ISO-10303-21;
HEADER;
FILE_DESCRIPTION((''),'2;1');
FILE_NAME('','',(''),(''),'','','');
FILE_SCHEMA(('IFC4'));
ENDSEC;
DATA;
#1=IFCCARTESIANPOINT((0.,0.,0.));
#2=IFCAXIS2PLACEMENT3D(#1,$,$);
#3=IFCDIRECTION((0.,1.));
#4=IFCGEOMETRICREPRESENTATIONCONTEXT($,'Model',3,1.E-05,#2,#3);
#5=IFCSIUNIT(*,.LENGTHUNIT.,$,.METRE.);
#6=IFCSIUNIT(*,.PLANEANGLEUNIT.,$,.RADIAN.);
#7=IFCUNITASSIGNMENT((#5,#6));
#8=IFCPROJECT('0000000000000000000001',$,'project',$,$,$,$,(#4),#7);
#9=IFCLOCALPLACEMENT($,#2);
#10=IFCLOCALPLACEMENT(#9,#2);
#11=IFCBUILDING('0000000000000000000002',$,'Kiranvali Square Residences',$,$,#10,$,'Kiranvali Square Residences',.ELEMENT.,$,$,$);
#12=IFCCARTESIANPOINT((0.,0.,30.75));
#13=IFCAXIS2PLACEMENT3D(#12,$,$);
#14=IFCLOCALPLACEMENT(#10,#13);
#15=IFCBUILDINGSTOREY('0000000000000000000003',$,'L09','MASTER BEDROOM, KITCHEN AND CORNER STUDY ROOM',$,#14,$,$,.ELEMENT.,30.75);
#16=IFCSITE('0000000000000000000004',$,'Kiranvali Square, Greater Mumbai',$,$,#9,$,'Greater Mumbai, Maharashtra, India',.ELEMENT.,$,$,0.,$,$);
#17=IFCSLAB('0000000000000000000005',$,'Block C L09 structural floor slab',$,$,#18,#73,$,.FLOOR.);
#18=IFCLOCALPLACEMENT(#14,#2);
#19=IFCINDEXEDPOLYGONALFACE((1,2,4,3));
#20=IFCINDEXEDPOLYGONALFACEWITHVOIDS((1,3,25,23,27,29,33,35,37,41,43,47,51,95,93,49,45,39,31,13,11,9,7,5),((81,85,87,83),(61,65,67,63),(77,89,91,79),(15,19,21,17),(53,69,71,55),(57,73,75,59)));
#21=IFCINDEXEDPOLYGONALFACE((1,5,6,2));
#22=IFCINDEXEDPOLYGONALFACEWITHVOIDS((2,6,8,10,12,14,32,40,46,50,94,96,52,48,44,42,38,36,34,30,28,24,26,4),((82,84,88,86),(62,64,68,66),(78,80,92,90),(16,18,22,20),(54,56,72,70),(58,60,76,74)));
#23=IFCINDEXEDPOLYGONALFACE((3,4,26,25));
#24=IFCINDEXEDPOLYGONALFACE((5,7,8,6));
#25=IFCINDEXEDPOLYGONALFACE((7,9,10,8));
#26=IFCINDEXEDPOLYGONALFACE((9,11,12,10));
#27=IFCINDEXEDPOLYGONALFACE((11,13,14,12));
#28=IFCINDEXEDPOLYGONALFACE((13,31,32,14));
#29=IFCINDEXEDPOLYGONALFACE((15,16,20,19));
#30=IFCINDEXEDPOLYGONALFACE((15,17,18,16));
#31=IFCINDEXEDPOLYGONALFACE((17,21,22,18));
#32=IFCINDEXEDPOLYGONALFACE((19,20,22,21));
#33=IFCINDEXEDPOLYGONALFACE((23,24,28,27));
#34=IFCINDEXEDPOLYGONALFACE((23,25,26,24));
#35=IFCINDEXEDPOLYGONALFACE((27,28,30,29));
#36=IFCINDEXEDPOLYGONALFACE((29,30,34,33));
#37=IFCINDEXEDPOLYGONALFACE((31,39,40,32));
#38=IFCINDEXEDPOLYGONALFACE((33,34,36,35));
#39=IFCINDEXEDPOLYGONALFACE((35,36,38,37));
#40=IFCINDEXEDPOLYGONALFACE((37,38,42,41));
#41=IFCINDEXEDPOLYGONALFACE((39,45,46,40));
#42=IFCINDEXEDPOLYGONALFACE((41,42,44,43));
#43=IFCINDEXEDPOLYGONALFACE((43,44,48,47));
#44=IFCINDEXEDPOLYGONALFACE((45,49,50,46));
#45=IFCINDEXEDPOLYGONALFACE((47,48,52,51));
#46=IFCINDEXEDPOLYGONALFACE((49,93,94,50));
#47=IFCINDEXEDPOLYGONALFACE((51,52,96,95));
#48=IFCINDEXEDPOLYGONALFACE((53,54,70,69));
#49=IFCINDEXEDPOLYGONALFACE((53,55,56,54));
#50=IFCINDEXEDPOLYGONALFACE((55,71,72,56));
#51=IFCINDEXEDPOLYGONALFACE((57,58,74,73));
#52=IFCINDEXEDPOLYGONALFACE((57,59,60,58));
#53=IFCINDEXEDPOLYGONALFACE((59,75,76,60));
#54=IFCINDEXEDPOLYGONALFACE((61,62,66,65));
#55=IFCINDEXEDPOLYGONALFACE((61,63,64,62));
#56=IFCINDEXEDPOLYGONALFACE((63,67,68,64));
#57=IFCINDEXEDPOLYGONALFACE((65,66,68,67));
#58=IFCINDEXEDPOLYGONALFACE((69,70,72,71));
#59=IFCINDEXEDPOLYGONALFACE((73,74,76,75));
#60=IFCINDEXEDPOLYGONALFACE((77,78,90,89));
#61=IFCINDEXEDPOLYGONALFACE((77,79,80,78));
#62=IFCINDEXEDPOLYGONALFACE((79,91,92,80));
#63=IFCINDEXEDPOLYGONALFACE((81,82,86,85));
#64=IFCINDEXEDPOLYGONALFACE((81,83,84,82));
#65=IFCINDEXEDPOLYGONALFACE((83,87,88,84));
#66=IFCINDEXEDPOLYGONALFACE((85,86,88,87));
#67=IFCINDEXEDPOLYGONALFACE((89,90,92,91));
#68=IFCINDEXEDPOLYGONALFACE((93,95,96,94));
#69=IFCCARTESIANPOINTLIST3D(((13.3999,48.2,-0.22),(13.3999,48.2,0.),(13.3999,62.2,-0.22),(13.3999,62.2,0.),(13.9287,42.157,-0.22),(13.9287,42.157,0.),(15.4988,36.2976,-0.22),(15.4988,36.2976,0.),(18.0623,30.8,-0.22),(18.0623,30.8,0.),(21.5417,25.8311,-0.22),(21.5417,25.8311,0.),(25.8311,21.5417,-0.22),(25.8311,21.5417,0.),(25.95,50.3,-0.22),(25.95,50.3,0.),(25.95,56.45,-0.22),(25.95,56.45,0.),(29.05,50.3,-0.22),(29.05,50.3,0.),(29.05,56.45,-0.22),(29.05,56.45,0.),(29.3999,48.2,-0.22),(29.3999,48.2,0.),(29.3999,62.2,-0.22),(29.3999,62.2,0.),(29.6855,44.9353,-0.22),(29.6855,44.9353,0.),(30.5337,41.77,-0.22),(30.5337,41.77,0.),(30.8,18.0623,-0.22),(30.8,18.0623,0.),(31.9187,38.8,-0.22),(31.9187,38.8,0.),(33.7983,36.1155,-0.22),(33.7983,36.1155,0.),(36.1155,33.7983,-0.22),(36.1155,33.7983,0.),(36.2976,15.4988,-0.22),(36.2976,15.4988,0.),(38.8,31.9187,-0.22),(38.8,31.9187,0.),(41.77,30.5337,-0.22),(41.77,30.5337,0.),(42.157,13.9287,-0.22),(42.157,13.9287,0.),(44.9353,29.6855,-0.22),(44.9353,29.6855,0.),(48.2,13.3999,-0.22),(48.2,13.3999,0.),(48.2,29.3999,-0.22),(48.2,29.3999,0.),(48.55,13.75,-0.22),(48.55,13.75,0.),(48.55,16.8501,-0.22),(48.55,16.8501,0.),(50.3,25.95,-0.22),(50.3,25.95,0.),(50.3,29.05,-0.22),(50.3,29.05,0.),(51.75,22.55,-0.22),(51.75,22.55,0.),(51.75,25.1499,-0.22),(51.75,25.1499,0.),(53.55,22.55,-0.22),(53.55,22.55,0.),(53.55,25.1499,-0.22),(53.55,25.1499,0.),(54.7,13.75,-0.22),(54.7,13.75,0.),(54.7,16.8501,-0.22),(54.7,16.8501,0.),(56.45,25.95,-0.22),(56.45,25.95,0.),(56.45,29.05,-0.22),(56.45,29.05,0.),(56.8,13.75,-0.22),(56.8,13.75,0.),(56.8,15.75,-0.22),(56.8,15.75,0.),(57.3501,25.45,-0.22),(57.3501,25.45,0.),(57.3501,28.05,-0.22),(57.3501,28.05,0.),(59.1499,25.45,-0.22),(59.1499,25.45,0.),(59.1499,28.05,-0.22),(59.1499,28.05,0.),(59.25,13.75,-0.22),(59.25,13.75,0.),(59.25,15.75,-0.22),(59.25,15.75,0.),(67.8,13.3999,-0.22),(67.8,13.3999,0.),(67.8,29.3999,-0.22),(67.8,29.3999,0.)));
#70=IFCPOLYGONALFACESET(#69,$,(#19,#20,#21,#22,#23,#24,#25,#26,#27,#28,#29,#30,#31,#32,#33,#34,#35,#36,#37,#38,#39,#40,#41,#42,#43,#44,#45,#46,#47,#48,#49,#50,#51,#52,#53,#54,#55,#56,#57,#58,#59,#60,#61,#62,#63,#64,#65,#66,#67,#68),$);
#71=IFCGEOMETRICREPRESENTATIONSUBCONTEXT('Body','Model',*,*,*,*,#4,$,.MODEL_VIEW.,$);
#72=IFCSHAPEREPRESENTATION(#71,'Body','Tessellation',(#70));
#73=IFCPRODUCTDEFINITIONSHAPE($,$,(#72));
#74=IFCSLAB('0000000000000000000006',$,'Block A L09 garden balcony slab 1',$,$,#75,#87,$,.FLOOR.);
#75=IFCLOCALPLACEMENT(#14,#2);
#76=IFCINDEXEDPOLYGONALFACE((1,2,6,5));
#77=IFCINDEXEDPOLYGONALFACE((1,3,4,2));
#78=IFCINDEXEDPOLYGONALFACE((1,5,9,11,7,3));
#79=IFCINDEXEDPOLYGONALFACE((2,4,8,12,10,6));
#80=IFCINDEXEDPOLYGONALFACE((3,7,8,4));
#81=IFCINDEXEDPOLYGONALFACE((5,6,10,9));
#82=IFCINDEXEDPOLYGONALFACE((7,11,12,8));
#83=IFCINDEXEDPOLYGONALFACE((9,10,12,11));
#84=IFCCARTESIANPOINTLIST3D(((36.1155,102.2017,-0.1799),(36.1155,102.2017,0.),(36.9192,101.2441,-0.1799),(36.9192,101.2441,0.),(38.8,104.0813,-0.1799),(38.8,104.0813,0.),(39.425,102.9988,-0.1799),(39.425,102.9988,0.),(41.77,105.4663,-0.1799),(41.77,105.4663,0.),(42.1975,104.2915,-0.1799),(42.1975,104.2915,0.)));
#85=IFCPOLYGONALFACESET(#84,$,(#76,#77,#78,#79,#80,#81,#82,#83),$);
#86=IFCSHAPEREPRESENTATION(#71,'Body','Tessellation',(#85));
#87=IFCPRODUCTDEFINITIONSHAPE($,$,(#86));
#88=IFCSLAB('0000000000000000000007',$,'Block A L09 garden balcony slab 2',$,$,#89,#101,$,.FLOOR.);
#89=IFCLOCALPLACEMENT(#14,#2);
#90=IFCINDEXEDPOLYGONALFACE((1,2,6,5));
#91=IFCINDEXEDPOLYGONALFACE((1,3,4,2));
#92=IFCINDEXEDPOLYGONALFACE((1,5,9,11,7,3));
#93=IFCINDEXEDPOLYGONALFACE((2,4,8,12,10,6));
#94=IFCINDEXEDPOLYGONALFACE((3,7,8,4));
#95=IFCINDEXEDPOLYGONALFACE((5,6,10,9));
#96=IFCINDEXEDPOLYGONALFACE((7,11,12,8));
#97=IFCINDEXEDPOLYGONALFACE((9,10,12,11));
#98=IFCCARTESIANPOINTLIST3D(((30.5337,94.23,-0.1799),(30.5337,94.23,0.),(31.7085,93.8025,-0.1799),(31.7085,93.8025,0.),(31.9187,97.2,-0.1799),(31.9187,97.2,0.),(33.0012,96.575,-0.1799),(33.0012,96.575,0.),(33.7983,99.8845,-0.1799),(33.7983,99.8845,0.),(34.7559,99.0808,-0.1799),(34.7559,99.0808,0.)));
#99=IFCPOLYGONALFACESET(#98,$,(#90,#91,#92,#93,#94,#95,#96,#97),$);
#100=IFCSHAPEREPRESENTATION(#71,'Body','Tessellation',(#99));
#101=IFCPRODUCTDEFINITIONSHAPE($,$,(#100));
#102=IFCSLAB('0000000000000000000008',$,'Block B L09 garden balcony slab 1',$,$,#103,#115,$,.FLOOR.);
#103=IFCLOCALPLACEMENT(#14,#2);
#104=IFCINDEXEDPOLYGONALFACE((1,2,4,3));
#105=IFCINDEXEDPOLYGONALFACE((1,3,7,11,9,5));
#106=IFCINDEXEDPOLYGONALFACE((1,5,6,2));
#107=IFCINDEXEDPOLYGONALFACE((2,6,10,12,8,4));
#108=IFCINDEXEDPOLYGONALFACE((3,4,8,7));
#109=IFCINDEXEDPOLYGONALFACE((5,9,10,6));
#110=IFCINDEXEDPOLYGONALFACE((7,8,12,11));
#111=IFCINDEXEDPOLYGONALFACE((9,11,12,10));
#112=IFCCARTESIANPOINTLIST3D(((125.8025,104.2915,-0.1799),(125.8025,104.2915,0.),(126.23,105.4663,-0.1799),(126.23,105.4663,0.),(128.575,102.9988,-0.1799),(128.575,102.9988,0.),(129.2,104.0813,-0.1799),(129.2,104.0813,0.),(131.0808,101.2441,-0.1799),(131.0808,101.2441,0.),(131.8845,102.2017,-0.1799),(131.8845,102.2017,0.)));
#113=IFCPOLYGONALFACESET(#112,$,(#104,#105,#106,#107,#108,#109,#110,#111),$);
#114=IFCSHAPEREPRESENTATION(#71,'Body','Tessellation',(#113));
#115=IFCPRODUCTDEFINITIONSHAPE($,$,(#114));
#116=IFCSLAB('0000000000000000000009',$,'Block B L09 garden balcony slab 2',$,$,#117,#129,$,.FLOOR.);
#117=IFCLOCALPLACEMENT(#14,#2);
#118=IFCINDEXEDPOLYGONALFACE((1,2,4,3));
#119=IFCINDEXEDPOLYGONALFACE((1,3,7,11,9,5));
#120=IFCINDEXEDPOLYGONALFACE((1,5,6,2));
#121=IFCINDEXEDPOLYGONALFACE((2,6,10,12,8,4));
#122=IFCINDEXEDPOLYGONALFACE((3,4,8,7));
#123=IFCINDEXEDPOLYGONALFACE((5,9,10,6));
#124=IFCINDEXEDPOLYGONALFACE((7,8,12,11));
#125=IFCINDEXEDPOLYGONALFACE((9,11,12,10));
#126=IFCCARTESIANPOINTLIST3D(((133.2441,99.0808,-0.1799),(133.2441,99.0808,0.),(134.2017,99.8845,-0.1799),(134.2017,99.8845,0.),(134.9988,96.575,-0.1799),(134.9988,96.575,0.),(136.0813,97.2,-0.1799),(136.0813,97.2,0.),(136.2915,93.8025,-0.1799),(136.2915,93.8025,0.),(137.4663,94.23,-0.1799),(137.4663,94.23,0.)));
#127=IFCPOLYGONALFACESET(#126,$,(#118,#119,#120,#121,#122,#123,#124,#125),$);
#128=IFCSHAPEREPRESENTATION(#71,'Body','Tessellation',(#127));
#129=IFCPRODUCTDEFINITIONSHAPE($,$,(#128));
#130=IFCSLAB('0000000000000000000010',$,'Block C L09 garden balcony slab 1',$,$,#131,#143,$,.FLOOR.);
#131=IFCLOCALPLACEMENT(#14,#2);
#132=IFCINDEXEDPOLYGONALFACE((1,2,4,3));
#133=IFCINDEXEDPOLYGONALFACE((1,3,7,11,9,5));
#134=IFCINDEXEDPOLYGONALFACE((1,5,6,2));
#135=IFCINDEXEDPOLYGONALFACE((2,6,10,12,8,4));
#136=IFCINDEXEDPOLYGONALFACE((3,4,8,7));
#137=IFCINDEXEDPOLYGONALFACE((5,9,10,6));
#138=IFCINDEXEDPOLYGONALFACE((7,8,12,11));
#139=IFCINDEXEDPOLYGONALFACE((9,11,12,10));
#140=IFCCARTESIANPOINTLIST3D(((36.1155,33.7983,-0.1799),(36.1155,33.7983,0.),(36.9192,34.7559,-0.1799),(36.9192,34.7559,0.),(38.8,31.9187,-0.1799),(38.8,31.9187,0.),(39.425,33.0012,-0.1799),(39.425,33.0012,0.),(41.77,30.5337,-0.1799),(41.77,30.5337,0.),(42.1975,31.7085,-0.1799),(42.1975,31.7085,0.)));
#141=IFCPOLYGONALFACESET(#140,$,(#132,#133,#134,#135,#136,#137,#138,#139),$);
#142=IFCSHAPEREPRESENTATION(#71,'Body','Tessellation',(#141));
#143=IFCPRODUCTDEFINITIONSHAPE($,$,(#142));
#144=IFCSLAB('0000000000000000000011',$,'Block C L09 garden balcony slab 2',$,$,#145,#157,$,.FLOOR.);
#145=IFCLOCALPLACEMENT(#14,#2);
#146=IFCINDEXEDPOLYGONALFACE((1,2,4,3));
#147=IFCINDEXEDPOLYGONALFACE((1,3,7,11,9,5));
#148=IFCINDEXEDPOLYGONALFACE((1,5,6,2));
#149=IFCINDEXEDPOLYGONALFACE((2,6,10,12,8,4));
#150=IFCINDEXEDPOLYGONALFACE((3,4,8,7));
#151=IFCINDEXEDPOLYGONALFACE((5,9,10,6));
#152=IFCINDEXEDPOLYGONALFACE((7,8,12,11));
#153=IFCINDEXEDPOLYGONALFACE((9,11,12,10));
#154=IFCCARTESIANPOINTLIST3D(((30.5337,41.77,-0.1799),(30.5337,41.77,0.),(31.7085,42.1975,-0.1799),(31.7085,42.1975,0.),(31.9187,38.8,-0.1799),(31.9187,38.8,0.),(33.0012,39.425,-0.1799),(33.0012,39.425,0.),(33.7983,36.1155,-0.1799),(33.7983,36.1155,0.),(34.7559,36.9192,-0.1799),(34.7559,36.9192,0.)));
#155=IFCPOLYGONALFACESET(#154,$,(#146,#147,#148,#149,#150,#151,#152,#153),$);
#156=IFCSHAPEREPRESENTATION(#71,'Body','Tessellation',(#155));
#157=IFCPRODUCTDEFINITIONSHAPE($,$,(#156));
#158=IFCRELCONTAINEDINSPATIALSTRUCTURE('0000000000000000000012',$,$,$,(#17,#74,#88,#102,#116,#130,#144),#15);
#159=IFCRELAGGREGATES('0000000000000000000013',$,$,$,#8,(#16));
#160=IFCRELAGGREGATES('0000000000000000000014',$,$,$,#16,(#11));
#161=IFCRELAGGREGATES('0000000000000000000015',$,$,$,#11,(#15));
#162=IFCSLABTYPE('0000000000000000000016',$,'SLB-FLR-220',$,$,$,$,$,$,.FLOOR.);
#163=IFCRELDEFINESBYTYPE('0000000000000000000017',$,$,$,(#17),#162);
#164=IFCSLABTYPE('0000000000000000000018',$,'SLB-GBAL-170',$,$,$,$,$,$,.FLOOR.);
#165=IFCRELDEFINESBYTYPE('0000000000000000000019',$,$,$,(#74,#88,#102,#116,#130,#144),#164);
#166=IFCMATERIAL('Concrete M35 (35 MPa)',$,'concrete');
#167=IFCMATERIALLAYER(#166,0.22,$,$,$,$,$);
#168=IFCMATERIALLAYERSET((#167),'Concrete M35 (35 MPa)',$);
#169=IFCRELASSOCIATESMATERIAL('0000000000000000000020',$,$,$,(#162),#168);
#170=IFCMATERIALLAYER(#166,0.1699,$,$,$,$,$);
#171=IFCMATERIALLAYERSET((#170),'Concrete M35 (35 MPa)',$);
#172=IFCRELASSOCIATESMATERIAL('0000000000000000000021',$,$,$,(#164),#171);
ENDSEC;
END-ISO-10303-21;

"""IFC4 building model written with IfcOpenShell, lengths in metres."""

from ifc_helpers import new_model, si_unit, direction, frame, origin, place, context, subcontext, project, spatial, polyline, outline, extrude, material, layer, layer_set, type_object, element, save


model = new_model("IFC4")

# Units and contexts
model_context = context("Model", 3, precision=1e-05, world=origin(), true_north=direction((0.0, 1.0)))
body_context = subcontext(model_context, "Body", "Model", "MODEL_VIEW")
ifc_project = project(units=[si_unit("LENGTHUNIT", "METRE"), si_unit("PLANEANGLEUNIT", "RADIAN")], contexts=[model_context])

# Site, building, storey
site_placement = place(None, origin())
site = spatial("IfcSite", under=ifc_project, at=site_placement, Name="Kiranvali Square, Greater Mumbai", LongName="Greater Mumbai, Maharashtra, India", CompositionType="ELEMENT", RefElevation=0.0)
building_placement = place(site_placement, origin())
building = spatial("IfcBuilding", under=site, at=building_placement, Name="Kiranvali Square Residences", LongName="Kiranvali Square Residences", CompositionType="ELEMENT")
storey_placement = place(building_placement, frame((0.0, 0.0, 30.75)))
storey = spatial("IfcBuildingStorey", under=building, at=storey_placement, Name="L09", Description="MASTER BEDROOM, KITCHEN AND CORNER STUDY ROOM", CompositionType="ELEMENT", Elevation=30.75)

# Slabs
ifc_material_1 = material(Name="Concrete M35 (35 MPa)", Category="concrete")
ifc_layer_1 = layer(ifc_material_1, 0.22)
ifc_layer_set_1 = layer_set([ifc_layer_1], Name="Concrete M35 (35 MPa)")
slab_type_1 = type_object("IfcSlabType", Name="SLB-FLR-220", PredefinedType="FLOOR", material=ifc_layer_set_1)
slab_1_placement = place(storey_placement, frame((0.0, 0.0, -0.22)))
element("IfcSlab", 1, at=slab_1_placement, inside=storey, type_object=slab_type_1, Name="Block C L09 structural floor slab", PredefinedType="FLOOR", context=body_context, shape_type="SweptSolid", body=[
    extrude(outline(polyline([(48.2, 29.3999), (44.9353, 29.6855), (41.77, 30.5337), (38.8, 31.9187), (36.1155, 33.7983), (33.7983, 36.1155), (31.9187, 38.8), (30.5337, 41.77), (29.6855, 44.9353), (29.3999, 48.2), (29.3999, 62.2), (13.3999, 62.2), (13.3999, 48.2), (13.9287, 42.157), (15.4988, 36.2976), (18.0623, 30.8), (21.5417, 25.8311), (25.8311, 21.5417), (30.8, 18.0623), (36.2976, 15.4988), (42.157, 13.9287), (48.2, 13.3999), (67.8, 13.3999), (67.8, 29.3999), (48.2, 29.3999)]), holes=[polyline([(56.8, 13.75), (59.25, 13.75), (59.25, 15.75), (56.8, 15.75), (56.8, 13.75)]), polyline([(57.3501, 25.45), (59.1499, 25.45), (59.1499, 28.05), (57.3501, 28.05), (57.3501, 25.45)]), polyline([(51.75, 22.55), (53.55, 22.55), (53.55, 25.1499), (51.75, 25.1499), (51.75, 22.55)]), polyline([(54.7, 16.8501), (48.55, 16.8501), (48.55, 13.75), (54.7, 13.75), (54.7, 16.8501)]), polyline([(50.3, 25.95), (56.45, 25.95), (56.45, 29.05), (50.3, 29.05), (50.3, 25.95)]), polyline([(29.05, 50.3), (29.05, 56.45), (25.95, 56.45), (25.95, 50.3), (29.05, 50.3)])]), origin(), (0.0, 0.0, 1.0), 0.22),
])
ifc_layer_2 = layer(ifc_material_1, 0.1699)
ifc_layer_set_2 = layer_set([ifc_layer_2], Name="Concrete M35 (35 MPa)")
slab_type_2 = type_object("IfcSlabType", Name="SLB-GBAL-170", PredefinedType="FLOOR", material=ifc_layer_set_2)
slab_2_placement = place(storey_placement, frame((0.0, 0.0, -0.1799)))
element("IfcSlab", 2, at=slab_2_placement, inside=storey, type_object=slab_type_2, Name="Block A L09 garden balcony slab 1", PredefinedType="FLOOR", context=body_context, shape_type="SweptSolid", body=[
    extrude(outline(polyline([(41.77, 105.4663), (38.8, 104.0813), (36.1155, 102.2017), (36.9192, 101.2441), (39.425, 102.9988), (42.1975, 104.2915), (41.77, 105.4663)])), origin(), (0.0, 0.0, 1.0), 0.1799),
])
slab_3_placement = place(storey_placement, frame((0.0, 0.0, -0.1799)))
element("IfcSlab", 3, at=slab_3_placement, inside=storey, type_object=slab_type_2, Name="Block A L09 garden balcony slab 2", PredefinedType="FLOOR", context=body_context, shape_type="SweptSolid", body=[
    extrude(outline(polyline([(33.7983, 99.8845), (31.9187, 97.2), (30.5337, 94.23), (31.7085, 93.8025), (33.0012, 96.575), (34.7559, 99.0808), (33.7983, 99.8845)])), origin(), (0.0, 0.0, 1.0), 0.1799),
])
slab_4_placement = place(storey_placement, frame((0.0, 0.0, -0.1799)))
element("IfcSlab", 4, at=slab_4_placement, inside=storey, type_object=slab_type_2, Name="Block B L09 garden balcony slab 1", PredefinedType="FLOOR", context=body_context, shape_type="SweptSolid", body=[
    extrude(outline(polyline([(125.8025, 104.2915), (128.575, 102.9988), (131.0808, 101.2441), (131.8845, 102.2017), (129.2, 104.0813), (126.23, 105.4663), (125.8025, 104.2915)])), origin(), (0.0, 0.0, 1.0), 0.1799),
])
slab_5_placement = place(storey_placement, frame((0.0, 0.0, -0.1799)))
element("IfcSlab", 5, at=slab_5_placement, inside=storey, type_object=slab_type_2, Name="Block B L09 garden balcony slab 2", PredefinedType="FLOOR", context=body_context, shape_type="SweptSolid", body=[
    extrude(outline(polyline([(133.2441, 99.0808), (134.9988, 96.575), (136.2915, 93.8025), (137.4663, 94.23), (136.0813, 97.2), (134.2017, 99.8845), (133.2441, 99.0808)])), origin(), (0.0, 0.0, 1.0), 0.1799),
])
slab_6_placement = place(storey_placement, frame((0.0, 0.0, -0.1799)))
element("IfcSlab", 6, at=slab_6_placement, inside=storey, type_object=slab_type_2, Name="Block C L09 garden balcony slab 1", PredefinedType="FLOOR", context=body_context, shape_type="SweptSolid", body=[
    extrude(outline(polyline([(42.1975, 31.7085), (39.425, 33.0012), (36.9192, 34.7559), (36.1155, 33.7983), (38.8, 31.9187), (41.77, 30.5337), (42.1975, 31.7085)])), origin(), (0.0, 0.0, 1.0), 0.1799),
])
slab_7_placement = place(storey_placement, frame((0.0, 0.0, -0.1799)))
element("IfcSlab", 7, at=slab_7_placement, inside=storey, type_object=slab_type_2, Name="Block C L09 garden balcony slab 2", PredefinedType="FLOOR", context=body_context, shape_type="SweptSolid", body=[
    extrude(outline(polyline([(34.7559, 36.9192), (33.0012, 39.425), (31.7085, 42.1975), (30.5337, 41.77), (31.9187, 38.8), (33.7983, 36.1155), (34.7559, 36.9192)])), origin(), (0.0, 0.0, 1.0), 0.1799),
])

save(model, "model.ifc")
